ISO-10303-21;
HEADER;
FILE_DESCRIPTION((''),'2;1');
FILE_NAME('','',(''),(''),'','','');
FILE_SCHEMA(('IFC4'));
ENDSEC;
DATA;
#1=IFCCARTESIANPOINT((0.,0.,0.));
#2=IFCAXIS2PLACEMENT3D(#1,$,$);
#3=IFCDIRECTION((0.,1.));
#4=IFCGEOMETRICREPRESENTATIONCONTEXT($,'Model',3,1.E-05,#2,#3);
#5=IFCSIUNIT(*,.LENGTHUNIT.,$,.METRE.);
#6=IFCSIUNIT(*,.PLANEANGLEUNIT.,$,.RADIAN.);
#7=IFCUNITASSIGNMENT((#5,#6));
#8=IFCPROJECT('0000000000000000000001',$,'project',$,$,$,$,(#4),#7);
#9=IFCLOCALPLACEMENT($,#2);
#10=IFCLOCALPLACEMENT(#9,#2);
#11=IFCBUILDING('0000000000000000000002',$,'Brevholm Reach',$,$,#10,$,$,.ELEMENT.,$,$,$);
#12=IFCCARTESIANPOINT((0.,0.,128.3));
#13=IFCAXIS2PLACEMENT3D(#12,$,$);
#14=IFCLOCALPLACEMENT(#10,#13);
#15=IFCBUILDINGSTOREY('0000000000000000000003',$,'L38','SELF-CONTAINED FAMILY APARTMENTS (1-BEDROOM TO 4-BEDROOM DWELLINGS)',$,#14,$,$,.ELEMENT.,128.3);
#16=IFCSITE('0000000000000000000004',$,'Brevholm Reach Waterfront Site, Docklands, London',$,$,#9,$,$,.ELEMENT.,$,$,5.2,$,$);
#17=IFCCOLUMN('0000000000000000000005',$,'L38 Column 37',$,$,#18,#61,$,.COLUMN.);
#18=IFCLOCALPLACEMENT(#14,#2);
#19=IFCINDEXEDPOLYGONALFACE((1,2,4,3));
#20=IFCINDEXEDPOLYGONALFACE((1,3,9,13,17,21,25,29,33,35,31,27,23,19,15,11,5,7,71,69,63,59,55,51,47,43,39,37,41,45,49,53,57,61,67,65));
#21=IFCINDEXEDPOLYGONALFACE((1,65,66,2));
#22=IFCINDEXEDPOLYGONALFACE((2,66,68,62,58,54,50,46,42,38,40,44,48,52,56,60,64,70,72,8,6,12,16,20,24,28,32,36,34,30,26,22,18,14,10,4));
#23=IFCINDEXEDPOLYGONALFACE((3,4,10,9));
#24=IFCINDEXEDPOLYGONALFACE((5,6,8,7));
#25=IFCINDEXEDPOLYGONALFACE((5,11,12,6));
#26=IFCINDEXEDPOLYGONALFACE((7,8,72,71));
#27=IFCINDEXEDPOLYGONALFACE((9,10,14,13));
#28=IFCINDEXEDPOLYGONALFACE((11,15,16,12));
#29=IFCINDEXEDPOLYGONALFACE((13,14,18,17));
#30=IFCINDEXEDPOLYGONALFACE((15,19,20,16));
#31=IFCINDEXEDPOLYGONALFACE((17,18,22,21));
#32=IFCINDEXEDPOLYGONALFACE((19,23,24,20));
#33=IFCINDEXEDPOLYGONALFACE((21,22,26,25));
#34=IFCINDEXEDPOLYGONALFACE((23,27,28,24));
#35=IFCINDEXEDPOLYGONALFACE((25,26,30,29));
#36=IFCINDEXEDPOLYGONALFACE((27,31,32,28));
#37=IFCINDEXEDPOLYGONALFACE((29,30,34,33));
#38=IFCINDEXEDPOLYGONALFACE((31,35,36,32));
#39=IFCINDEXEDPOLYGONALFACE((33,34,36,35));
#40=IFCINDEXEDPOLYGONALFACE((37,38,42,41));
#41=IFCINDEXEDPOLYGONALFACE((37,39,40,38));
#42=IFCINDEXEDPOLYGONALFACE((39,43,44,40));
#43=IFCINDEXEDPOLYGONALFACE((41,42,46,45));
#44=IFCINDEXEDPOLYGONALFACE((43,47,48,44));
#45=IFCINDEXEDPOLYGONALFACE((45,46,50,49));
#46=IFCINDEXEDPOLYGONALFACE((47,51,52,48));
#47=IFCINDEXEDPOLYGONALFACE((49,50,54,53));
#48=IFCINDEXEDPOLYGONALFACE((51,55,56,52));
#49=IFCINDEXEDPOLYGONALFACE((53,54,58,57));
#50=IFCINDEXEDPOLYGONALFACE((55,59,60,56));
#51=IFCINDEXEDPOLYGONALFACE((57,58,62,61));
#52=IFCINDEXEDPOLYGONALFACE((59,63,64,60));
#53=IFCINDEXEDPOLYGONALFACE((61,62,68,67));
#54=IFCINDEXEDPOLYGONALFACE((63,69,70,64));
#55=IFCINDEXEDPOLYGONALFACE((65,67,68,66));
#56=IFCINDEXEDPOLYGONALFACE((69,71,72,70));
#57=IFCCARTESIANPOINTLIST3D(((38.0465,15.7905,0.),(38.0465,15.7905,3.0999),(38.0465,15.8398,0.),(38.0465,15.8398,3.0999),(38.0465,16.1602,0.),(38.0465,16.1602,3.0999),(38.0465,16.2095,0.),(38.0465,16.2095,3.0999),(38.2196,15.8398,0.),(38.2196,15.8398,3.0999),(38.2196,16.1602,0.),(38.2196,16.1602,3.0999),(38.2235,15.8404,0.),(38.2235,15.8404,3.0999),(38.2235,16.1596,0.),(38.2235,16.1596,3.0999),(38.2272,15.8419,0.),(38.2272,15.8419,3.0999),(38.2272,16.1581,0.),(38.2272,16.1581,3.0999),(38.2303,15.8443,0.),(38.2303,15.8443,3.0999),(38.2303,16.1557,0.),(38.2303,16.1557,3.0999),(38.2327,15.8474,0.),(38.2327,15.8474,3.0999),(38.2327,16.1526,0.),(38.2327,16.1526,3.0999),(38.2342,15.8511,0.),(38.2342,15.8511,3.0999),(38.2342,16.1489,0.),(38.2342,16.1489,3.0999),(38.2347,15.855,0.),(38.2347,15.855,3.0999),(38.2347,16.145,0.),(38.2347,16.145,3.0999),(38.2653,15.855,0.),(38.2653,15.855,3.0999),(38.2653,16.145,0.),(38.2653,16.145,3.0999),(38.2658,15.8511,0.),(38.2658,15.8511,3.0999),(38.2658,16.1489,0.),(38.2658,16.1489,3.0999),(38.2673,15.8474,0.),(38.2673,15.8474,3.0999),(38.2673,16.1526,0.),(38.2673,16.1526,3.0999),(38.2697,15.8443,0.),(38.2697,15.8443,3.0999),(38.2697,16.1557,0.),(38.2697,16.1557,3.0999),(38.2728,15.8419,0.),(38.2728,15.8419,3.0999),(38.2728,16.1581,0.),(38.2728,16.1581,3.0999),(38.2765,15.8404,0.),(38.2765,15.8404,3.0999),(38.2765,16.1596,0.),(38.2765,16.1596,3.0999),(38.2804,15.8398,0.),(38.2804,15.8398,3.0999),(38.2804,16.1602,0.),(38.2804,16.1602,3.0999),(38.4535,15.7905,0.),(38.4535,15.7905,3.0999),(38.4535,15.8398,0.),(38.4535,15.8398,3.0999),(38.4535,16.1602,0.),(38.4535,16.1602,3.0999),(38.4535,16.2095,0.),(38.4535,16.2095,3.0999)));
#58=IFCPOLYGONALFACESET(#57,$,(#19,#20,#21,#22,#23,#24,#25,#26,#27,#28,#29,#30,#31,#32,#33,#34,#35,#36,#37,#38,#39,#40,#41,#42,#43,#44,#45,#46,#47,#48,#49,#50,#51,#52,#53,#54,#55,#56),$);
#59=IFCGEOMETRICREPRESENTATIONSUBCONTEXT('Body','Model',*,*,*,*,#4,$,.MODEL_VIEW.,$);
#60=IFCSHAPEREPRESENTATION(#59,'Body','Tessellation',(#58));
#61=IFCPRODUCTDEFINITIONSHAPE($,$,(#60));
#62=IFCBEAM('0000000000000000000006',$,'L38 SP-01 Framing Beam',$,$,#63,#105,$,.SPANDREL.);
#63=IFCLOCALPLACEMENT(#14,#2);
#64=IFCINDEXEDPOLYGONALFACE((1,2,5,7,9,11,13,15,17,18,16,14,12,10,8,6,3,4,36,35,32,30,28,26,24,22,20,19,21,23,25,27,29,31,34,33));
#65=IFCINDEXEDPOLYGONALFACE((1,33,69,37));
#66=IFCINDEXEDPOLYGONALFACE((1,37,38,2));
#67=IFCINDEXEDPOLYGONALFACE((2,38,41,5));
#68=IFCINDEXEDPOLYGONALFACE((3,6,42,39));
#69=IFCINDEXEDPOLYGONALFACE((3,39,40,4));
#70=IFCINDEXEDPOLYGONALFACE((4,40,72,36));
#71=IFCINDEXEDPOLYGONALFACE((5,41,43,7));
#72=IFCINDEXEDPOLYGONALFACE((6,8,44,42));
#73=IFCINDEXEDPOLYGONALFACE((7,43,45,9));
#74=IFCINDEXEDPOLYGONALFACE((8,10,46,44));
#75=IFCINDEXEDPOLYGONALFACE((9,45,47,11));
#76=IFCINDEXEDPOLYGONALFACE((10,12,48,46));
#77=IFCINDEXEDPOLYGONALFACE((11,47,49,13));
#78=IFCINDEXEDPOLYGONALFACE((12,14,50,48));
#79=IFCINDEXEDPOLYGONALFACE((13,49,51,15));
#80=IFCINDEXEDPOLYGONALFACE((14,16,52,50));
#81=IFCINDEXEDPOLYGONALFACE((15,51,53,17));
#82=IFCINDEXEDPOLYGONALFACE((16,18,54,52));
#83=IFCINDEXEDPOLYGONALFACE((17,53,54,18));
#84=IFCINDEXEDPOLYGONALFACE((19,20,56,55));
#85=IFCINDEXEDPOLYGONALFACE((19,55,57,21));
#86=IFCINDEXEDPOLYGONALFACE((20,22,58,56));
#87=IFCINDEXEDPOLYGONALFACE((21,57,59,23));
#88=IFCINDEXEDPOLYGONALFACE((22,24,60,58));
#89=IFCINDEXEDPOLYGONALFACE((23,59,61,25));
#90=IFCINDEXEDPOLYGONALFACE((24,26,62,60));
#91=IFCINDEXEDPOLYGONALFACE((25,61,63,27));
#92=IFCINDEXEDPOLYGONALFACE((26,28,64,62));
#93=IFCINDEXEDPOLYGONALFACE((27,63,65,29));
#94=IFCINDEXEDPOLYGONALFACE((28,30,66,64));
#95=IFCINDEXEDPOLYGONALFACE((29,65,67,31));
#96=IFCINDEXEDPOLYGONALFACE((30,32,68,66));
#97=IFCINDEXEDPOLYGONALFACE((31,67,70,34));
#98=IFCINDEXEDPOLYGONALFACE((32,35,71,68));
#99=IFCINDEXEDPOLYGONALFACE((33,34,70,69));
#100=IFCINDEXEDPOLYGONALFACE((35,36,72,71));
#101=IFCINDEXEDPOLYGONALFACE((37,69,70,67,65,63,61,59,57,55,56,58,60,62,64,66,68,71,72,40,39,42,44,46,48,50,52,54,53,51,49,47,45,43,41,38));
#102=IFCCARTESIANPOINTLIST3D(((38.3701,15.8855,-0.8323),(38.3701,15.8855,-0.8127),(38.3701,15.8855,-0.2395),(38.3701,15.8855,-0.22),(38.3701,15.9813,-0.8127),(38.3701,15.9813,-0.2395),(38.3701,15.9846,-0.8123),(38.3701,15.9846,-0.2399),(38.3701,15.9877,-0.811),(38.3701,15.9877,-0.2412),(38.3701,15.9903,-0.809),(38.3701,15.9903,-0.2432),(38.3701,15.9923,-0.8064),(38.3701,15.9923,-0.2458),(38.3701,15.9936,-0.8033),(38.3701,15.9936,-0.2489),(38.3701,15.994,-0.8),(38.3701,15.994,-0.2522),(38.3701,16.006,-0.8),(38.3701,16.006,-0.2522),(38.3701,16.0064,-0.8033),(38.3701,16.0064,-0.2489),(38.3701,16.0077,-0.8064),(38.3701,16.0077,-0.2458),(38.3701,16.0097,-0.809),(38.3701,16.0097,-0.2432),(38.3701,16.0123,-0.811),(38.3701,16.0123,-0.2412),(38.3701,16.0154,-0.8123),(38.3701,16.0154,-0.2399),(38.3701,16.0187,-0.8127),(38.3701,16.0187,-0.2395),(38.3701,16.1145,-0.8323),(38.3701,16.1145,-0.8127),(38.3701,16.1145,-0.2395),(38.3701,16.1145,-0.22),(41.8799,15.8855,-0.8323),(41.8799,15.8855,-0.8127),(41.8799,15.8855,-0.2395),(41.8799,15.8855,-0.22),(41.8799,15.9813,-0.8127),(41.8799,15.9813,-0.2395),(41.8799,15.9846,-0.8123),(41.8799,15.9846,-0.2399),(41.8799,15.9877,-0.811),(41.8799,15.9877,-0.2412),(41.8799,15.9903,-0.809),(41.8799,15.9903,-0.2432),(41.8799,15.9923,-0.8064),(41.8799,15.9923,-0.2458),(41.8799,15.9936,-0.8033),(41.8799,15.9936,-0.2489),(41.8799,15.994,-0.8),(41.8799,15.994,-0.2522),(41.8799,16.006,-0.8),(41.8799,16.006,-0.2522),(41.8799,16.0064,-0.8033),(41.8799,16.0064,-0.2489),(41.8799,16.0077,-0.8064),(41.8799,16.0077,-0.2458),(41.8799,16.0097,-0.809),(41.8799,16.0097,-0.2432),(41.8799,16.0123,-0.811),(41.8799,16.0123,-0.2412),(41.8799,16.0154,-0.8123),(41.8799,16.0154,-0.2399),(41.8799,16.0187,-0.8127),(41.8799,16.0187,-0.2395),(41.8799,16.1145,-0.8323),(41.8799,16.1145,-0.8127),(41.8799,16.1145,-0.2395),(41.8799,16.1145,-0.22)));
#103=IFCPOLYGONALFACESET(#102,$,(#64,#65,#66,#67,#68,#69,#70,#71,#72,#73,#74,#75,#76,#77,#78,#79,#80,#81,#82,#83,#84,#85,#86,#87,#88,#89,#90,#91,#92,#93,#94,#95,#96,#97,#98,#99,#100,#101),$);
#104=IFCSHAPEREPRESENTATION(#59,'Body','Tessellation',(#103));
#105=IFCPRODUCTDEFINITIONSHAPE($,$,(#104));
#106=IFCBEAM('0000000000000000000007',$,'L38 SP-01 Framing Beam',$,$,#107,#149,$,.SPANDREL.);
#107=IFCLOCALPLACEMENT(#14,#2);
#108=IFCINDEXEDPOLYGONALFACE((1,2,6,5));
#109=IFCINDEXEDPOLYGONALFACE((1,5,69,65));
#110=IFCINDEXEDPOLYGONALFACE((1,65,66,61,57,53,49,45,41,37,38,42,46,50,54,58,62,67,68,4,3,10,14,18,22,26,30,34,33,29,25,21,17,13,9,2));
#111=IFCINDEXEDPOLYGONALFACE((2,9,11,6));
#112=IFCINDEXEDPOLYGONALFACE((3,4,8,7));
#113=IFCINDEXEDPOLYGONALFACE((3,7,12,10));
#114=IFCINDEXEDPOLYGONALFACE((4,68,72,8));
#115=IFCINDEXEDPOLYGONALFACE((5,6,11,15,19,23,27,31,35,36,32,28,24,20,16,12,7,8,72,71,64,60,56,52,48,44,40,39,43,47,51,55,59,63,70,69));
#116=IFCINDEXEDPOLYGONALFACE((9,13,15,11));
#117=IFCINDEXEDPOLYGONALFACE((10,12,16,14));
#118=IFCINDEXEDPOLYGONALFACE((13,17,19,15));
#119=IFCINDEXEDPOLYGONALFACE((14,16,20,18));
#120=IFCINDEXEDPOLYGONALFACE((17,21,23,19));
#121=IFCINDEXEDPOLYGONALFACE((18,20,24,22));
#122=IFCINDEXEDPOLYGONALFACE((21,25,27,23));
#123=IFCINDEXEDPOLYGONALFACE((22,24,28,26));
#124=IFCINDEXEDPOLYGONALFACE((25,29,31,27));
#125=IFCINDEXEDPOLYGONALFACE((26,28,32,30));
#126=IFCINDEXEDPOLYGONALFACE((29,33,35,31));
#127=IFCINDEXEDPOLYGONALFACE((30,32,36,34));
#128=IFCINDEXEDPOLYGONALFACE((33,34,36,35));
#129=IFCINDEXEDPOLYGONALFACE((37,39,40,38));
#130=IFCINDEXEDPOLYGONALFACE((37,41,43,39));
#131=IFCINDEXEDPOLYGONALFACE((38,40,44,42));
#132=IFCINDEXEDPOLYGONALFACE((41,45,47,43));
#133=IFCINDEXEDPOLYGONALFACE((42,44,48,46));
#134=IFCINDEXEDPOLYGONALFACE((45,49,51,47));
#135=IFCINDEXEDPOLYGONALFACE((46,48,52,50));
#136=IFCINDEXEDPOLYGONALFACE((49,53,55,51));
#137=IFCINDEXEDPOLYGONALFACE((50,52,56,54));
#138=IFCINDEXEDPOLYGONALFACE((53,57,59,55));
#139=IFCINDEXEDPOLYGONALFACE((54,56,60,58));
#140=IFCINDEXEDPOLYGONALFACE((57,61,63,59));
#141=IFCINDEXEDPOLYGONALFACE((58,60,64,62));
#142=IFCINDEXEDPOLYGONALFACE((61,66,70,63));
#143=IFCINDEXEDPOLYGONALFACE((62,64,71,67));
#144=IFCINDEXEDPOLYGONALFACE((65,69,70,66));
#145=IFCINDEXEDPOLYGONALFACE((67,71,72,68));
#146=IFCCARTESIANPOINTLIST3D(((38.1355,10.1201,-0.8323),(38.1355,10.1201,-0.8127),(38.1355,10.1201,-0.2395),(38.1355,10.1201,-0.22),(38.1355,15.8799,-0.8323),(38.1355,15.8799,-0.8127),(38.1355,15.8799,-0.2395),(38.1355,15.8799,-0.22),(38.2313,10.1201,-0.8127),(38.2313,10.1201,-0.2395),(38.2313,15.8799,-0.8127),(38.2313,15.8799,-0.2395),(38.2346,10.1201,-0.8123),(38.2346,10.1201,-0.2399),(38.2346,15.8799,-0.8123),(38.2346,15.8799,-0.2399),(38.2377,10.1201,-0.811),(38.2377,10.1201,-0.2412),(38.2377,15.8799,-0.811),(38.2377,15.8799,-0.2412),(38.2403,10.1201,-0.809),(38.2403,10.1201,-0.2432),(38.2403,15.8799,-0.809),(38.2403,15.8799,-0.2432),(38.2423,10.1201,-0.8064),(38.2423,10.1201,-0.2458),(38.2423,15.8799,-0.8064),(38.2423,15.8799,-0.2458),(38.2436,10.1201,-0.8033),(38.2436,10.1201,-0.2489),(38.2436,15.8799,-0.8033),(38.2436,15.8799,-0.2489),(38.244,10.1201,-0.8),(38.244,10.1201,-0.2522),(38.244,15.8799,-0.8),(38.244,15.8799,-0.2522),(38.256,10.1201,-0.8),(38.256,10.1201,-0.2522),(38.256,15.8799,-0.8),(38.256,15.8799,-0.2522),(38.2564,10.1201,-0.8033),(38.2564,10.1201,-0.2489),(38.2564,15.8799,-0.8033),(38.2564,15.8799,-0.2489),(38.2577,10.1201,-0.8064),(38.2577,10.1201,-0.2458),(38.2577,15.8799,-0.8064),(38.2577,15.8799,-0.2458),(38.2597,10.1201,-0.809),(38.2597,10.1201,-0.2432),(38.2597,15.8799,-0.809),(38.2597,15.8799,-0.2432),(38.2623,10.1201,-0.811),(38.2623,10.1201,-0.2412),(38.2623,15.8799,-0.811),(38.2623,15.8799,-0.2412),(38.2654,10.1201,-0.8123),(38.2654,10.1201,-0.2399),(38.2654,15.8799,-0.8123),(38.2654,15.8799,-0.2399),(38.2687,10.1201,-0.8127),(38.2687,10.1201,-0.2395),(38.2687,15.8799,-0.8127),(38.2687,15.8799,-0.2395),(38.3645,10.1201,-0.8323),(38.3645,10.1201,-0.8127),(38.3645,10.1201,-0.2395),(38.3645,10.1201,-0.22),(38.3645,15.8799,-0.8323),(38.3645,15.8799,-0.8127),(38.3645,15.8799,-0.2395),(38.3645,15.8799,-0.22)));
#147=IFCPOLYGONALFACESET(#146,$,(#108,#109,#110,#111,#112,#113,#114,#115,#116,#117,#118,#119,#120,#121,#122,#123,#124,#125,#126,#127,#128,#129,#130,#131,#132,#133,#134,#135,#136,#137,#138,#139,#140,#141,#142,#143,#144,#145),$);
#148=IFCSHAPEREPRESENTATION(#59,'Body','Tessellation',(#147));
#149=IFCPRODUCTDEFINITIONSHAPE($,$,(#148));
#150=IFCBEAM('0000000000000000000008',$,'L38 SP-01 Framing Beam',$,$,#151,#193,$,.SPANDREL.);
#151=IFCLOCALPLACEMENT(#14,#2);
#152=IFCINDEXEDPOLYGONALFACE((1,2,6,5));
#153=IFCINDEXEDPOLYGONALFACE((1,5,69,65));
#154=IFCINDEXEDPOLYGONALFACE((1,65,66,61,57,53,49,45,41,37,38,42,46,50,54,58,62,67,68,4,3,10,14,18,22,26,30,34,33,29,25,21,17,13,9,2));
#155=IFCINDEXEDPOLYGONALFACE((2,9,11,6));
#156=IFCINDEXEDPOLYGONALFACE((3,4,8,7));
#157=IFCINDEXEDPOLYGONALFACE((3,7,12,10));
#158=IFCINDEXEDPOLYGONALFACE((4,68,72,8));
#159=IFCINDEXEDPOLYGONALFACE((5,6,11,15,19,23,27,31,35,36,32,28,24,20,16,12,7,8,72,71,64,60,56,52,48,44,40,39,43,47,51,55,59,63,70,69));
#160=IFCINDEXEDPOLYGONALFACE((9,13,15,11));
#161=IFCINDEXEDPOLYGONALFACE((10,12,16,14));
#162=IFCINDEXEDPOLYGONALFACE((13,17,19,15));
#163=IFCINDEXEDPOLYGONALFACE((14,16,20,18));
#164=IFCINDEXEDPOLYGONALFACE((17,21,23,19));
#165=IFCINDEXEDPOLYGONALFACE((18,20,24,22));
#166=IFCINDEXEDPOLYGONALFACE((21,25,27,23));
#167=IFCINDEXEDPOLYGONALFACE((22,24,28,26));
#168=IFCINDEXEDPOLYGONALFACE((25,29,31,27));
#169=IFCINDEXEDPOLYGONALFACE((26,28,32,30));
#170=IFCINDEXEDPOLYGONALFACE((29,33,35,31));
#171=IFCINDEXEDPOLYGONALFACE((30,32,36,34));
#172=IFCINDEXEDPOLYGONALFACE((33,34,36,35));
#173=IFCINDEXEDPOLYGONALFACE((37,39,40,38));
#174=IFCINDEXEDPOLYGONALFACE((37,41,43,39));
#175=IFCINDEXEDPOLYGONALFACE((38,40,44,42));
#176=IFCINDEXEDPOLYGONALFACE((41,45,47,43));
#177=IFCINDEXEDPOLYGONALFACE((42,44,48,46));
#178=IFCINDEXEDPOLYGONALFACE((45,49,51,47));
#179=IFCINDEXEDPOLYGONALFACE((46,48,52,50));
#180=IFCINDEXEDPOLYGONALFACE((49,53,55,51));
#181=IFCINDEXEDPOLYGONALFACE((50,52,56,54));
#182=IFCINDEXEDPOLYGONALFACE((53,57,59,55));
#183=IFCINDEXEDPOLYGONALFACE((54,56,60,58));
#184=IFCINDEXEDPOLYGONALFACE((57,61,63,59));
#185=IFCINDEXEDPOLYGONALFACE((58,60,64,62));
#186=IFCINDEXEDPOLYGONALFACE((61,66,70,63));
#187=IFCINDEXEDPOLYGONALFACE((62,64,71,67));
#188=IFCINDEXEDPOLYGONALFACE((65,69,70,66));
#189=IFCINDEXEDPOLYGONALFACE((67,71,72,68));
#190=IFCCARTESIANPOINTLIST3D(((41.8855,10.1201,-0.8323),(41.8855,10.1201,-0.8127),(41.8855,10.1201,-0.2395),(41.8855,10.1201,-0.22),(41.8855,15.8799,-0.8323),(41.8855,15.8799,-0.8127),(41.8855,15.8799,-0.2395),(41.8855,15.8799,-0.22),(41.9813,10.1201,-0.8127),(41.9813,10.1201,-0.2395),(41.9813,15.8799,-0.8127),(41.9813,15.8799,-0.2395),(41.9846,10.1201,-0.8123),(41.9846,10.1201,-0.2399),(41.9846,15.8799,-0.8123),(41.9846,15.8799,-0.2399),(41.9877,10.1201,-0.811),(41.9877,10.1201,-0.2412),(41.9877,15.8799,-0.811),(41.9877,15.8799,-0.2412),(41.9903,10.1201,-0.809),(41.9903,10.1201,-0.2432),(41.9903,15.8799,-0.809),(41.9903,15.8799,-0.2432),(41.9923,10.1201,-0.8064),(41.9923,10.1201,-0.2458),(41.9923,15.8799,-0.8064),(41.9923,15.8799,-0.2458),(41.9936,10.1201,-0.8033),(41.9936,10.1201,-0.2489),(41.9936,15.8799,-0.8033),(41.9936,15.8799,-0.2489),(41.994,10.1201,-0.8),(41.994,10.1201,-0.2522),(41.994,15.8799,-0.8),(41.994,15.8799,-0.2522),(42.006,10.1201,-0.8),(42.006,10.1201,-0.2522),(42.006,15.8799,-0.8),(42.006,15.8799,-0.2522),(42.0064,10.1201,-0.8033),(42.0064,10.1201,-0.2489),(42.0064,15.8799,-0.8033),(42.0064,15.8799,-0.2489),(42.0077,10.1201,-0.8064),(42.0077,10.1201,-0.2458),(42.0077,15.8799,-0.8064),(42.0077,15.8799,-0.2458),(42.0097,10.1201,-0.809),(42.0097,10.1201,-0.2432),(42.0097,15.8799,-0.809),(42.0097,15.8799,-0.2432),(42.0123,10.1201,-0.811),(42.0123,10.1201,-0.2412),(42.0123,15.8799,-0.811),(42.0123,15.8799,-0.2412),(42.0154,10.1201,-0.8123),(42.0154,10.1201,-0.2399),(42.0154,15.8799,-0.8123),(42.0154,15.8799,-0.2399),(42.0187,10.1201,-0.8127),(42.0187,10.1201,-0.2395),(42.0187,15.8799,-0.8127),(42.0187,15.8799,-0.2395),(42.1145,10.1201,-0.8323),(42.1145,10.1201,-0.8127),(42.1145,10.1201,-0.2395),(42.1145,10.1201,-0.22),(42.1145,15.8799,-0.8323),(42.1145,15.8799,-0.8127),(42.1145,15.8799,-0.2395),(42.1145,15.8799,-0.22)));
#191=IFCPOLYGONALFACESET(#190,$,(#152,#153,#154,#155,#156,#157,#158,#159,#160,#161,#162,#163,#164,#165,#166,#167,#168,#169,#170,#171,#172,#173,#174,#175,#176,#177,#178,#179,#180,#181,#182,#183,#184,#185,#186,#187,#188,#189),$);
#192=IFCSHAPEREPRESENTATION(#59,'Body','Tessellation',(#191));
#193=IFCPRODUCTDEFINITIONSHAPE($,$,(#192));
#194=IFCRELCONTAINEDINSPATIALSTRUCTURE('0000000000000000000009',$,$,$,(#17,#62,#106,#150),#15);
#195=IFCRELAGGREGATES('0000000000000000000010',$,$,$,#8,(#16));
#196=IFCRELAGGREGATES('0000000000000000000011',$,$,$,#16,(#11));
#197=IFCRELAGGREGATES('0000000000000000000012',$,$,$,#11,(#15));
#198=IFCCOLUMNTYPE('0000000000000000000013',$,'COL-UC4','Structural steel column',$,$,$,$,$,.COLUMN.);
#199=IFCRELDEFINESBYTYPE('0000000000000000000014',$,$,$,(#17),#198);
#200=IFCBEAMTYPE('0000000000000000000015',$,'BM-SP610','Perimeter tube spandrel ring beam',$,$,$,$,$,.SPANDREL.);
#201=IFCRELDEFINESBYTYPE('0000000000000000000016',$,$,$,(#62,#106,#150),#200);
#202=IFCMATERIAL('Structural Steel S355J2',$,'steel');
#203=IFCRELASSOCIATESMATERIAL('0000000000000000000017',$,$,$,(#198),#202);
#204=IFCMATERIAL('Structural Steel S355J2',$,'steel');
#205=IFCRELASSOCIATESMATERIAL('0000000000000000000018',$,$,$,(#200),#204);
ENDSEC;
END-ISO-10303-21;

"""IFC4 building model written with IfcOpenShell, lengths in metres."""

from ifc_helpers import new_model, si_unit, direction, frame, origin, origin_2d, place, context, subcontext, project, spatial, i_section, extrude, material, material_profile, profile_set, type_object, element, save


model = new_model("IFC4")

# Units and contexts
model_context = context("Model", 3, precision=1e-05, world=origin(), true_north=direction((0.0, 1.0)))
body_context = subcontext(model_context, "Body", "Model", "MODEL_VIEW")
ifc_project = project(units=[si_unit("LENGTHUNIT", "METRE"), si_unit("PLANEANGLEUNIT", "RADIAN")], contexts=[model_context])

# Site, building, storey
site_placement = place(None, origin())
site = spatial("IfcSite", under=ifc_project, at=site_placement, Name="Brevholm Reach Waterfront Site, Docklands, London", CompositionType="ELEMENT", RefElevation=5.2)
building_placement = place(site_placement, origin())
building = spatial("IfcBuilding", under=site, at=building_placement, Name="Brevholm Reach", CompositionType="ELEMENT")
storey_placement = place(building_placement, frame((0.0, 0.0, 128.3)))
storey = spatial("IfcBuildingStorey", under=building, at=storey_placement, Name="L38", Description="SELF-CONTAINED FAMILY APARTMENTS (1-BEDROOM TO 4-BEDROOM DWELLINGS)", CompositionType="ELEMENT", Elevation=128.3)

# Column
ifc_material_1 = material(Name="Structural Steel S355J2", Category="steel")
ifc_material_profile_1 = material_profile(ifc_material_1, i_section(OverallWidth=0.407, OverallDepth=0.4189, WebThickness=0.0305, FlangeThickness=0.0493, FilletRadius=0.0151, at=origin_2d()), Name="UKC 356x406x393")
ifc_profile_set_1 = profile_set([ifc_material_profile_1], Name="Structural Steel S355J2")
column_type = type_object("IfcColumnType", Name="COL-UC4", Description="Structural steel column", PredefinedType="COLUMN", material=ifc_profile_set_1)
column_placement = place(storey_placement, frame((38.25, 16.0, 0.0), z_axis=(0.0, 0.0, 1.0), x_axis=(1.0, 0.0, 0.0)))
element("IfcColumn", 1, at=column_placement, inside=storey, type_object=column_type, Name="L38 Column 37", PredefinedType="COLUMN", context=body_context, shape_type="SweptSolid", body=[
    extrude(i_section(OverallWidth=0.407, OverallDepth=0.4189, WebThickness=0.0305, FlangeThickness=0.0493, FilletRadius=0.0151, at=origin_2d()), origin(), (0.0, 0.0, 1.0), 3.0999),
])

# Beams
ifc_material_2 = material(Name="Structural Steel S355J2", Category="steel")
ifc_material_profile_2 = material_profile(ifc_material_2, i_section(OverallWidth=0.229, OverallDepth=0.6123, WebThickness=0.012, FlangeThickness=0.0195, FilletRadius=0.0127, at=origin_2d()), Name="UKB 610x229x125")
ifc_profile_set_2 = profile_set([ifc_material_profile_2], Name="Structural Steel S355J2")
beam_type = type_object("IfcBeamType", Name="BM-SP610", Description="Perimeter tube spandrel ring beam", PredefinedType="SPANDREL", material=ifc_profile_set_2)
beam_placement = place(storey_placement, frame((38.3701, 16.0, -0.5261), z_axis=(1.0, 0.0, 0.0), x_axis=(0.0, 1.0, 0.0)))
element("IfcBeam", 2, at=beam_placement, inside=storey, type_object=beam_type, Name="L38 SP-01 Framing Beam", PredefinedType="SPANDREL", context=body_context, shape_type="SweptSolid", body=[
    extrude(i_section(OverallWidth=0.229, OverallDepth=0.6123, WebThickness=0.012, FlangeThickness=0.0195, FilletRadius=0.0127, at=origin_2d()), origin(), (0.0, 0.0, 1.0), 3.5098),
])
for number, where, z_axis, x_axis, name in (
    (3, (38.25, 10.1201, -0.5261), (0.0, 1.0, 0.0), (-1.0, 0.0, 0.0), "L38 SP-01 Framing Beam"),
    (4, (42.0, 10.1201, -0.5261), (0.0, 1.0, 0.0), (-1.0, 0.0, 0.0), "L38 SP-01 Framing Beam"),
):
    element("IfcBeam", number, at=place(storey_placement, frame(where, z_axis=z_axis, x_axis=x_axis)), inside=storey, type_object=beam_type, Name=name, PredefinedType="SPANDREL", context=body_context, shape_type="SweptSolid", body=[
        extrude(i_section(OverallWidth=0.229, OverallDepth=0.6123, WebThickness=0.012, FlangeThickness=0.0195, FilletRadius=0.0127, at=origin_2d()), origin(), (0.0, 0.0, 1.0), 5.7598),
    ])

save(model, "model.ifc")
